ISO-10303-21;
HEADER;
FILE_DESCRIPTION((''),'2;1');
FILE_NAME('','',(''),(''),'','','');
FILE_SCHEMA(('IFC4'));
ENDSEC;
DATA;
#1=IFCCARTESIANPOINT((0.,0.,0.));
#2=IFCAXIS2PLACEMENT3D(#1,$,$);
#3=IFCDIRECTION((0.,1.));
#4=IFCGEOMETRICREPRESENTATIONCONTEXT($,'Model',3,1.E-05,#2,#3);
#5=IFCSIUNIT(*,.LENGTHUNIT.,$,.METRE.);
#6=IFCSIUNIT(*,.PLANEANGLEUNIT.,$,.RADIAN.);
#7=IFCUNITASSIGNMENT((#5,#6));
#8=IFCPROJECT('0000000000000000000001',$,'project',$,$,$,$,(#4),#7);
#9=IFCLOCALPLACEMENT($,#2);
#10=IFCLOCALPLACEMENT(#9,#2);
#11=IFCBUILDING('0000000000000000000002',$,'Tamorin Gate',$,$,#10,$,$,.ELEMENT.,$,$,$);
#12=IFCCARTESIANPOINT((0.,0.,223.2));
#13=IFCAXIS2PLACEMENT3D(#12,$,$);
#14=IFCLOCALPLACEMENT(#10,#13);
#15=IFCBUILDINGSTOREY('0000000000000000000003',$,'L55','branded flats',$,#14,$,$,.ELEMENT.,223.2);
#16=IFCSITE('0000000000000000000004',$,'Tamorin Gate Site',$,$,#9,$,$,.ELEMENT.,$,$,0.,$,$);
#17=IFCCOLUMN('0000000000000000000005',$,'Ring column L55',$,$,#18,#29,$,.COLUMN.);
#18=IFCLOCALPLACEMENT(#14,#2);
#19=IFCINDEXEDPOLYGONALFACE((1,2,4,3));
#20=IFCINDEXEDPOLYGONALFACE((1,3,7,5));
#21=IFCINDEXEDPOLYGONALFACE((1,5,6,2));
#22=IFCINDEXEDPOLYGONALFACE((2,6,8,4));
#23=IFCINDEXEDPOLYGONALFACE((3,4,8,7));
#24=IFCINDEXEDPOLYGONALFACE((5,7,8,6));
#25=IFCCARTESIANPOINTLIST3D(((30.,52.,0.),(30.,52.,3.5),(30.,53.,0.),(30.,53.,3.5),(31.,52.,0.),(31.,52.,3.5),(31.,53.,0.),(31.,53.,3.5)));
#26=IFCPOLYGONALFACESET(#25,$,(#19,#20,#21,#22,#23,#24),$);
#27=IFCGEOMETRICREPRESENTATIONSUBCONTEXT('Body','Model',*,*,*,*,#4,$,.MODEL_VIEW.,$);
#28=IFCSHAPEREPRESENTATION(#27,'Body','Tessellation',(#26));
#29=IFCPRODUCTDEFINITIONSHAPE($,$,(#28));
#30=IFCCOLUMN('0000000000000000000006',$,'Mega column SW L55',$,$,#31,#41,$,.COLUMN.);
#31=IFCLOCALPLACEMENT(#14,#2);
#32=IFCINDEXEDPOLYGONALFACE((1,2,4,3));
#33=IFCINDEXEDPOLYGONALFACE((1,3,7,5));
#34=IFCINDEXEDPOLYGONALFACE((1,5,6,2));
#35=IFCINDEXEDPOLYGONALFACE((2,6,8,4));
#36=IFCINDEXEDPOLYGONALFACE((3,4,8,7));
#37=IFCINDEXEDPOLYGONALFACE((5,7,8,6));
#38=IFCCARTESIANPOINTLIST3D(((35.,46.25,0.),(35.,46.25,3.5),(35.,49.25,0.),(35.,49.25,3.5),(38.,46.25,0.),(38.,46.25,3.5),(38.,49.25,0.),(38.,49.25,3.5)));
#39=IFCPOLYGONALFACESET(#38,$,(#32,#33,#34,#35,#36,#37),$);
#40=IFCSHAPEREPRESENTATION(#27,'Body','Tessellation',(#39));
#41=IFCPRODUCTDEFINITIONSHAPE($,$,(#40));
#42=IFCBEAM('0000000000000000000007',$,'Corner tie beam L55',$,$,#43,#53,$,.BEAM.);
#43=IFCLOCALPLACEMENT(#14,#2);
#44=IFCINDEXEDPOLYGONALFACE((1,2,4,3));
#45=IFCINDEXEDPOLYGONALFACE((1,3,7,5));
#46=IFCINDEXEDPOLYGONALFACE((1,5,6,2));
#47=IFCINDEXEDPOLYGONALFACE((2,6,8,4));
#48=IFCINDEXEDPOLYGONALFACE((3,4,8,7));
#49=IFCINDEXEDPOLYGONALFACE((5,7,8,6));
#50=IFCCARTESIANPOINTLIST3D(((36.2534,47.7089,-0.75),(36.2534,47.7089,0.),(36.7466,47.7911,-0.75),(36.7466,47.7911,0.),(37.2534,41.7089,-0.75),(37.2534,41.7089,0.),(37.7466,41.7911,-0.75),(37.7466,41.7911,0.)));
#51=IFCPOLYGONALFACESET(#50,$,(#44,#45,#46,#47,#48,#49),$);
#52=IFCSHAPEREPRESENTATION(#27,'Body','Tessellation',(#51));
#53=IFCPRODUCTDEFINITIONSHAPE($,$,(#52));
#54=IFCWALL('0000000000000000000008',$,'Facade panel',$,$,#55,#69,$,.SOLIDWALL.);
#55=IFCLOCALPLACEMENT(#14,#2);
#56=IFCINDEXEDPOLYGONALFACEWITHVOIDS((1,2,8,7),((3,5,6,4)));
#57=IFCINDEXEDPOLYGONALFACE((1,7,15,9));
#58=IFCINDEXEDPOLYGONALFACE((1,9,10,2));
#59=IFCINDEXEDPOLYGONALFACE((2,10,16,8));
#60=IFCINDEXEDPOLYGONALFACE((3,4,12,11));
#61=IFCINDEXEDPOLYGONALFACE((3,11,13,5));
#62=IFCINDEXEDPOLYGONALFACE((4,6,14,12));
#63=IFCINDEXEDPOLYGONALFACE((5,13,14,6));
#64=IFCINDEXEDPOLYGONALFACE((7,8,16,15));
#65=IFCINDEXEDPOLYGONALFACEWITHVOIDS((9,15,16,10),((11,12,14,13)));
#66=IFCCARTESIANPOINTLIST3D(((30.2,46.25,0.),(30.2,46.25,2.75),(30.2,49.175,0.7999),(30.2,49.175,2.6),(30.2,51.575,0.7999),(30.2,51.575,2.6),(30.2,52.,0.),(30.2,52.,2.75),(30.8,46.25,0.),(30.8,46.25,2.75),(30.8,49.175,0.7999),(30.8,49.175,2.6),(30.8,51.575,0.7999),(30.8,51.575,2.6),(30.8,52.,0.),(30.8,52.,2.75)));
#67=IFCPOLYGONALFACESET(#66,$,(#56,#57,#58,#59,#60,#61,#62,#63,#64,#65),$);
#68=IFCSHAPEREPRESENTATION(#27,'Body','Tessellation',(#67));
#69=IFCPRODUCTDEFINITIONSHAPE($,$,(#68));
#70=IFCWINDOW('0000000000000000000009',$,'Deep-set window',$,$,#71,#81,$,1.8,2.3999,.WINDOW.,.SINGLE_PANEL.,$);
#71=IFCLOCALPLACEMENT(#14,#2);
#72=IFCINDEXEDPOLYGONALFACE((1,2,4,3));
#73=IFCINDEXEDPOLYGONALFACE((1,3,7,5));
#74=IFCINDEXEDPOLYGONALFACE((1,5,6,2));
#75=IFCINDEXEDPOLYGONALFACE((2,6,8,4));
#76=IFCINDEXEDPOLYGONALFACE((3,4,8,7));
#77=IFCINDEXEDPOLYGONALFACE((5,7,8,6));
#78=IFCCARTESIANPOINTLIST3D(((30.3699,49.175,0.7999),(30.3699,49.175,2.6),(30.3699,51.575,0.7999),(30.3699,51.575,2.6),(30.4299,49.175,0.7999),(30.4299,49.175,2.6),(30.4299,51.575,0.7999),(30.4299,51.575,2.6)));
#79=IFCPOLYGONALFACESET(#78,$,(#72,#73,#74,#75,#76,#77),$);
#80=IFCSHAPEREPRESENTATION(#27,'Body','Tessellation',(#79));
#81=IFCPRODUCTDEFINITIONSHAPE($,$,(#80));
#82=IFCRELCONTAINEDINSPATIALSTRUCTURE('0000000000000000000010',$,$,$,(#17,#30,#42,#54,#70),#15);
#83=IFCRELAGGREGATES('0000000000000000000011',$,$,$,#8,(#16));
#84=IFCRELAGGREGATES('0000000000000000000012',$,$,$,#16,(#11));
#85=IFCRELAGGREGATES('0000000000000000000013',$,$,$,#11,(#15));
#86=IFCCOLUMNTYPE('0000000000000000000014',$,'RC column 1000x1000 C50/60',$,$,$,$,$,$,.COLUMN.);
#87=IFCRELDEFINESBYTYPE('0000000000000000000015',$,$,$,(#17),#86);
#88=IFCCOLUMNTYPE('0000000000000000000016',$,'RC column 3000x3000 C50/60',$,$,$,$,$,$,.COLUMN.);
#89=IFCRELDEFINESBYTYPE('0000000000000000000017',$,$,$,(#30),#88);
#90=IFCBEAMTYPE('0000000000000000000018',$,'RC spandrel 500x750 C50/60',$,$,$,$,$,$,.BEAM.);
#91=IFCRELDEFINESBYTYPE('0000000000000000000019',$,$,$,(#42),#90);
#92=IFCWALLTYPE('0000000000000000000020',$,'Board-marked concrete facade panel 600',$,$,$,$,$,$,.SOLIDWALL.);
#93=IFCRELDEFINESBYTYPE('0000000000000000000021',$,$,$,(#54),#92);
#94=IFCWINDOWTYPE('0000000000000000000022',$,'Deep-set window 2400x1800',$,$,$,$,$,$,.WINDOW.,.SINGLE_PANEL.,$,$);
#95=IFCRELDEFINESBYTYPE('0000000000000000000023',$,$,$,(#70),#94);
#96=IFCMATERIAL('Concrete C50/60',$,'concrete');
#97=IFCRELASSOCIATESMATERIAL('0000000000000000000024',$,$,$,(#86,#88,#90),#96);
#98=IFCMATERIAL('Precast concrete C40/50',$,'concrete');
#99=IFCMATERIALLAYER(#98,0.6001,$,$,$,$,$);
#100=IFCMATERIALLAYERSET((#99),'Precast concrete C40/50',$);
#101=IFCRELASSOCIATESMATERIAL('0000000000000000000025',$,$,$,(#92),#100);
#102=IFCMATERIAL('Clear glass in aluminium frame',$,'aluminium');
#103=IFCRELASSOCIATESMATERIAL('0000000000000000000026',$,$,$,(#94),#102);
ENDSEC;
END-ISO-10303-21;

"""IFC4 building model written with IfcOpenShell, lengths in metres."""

from ifc_helpers import new_model, si_unit, direction, frame, frame_2d, origin, origin_2d, place, context, subcontext, project, spatial, rectangle, extrude, material, layer, layer_set, material_profile, profile_set, type_object, element, fill, save


model = new_model("IFC4")

# Units and contexts
model_context = context("Model", 3, precision=1e-05, world=origin(), true_north=direction((0.0, 1.0)))
body_context = subcontext(model_context, "Body", "Model", "MODEL_VIEW")
ifc_project = project(units=[si_unit("LENGTHUNIT", "METRE"), si_unit("PLANEANGLEUNIT", "RADIAN")], contexts=[model_context])

# Site, building, storey
site_placement = place(None, origin())
site = spatial("IfcSite", under=ifc_project, at=site_placement, Name="Tamorin Gate Site", CompositionType="ELEMENT", RefElevation=0.0)
building_placement = place(site_placement, origin())
building = spatial("IfcBuilding", under=site, at=building_placement, Name="Tamorin Gate", CompositionType="ELEMENT")
storey_placement = place(building_placement, frame((0.0, 0.0, 223.2)))
storey = spatial("IfcBuildingStorey", under=building, at=storey_placement, Name="L55", Description="branded flats", CompositionType="ELEMENT", Elevation=223.2)

# Columns
ifc_material_1 = material(Name="Concrete C50/60", Category="concrete")
ifc_material_profile_1 = material_profile(ifc_material_1, rectangle(XDim=1.0, YDim=1.0, at=origin_2d()), Name="RC 1000x1000")
ifc_profile_set_1 = profile_set([ifc_material_profile_1], Name="Concrete C50/60")
column_type_1 = type_object("IfcColumnType", Name="RC column 1000x1000 C50/60", PredefinedType="COLUMN", material=ifc_profile_set_1)
column_1_placement = place(storey_placement, frame((30.5, 52.5, 0.0), z_axis=(0.0, 0.0, 1.0), x_axis=(1.0, 0.0, 0.0)))
element("IfcColumn", 1, at=column_1_placement, inside=storey, type_object=column_type_1, Name="Ring column L55", PredefinedType="COLUMN", context=body_context, shape_type="SweptSolid", body=[
    extrude(rectangle(XDim=1.0, YDim=1.0, at=origin_2d()), origin(), (0.0, 0.0, 1.0), 3.5),
])
ifc_material_profile_2 = material_profile(ifc_material_1, rectangle(XDim=3.0, YDim=3.0, at=origin_2d()), Name="RC 3000x3000")
ifc_profile_set_2 = profile_set([ifc_material_profile_2], Name="Concrete C50/60")
column_type_2 = type_object("IfcColumnType", Name="RC column 3000x3000 C50/60", PredefinedType="COLUMN", material=ifc_profile_set_2)
column_2_placement = place(storey_placement, frame((36.5, 47.75, 0.0), z_axis=(0.0, 0.0, 1.0), x_axis=(1.0, 0.0, 0.0)))
element("IfcColumn", 2, at=column_2_placement, inside=storey, type_object=column_type_2, Name="Mega column SW L55", PredefinedType="COLUMN", context=body_context, shape_type="SweptSolid", body=[
    extrude(rectangle(XDim=3.0, YDim=3.0, at=origin_2d()), origin(), (0.0, 0.0, 1.0), 3.5),
])

# Beam
ifc_material_profile_3 = material_profile(ifc_material_1, rectangle(XDim=0.5, YDim=0.75, at=origin_2d()), Name="RC 500x750")
ifc_profile_set_3 = profile_set([ifc_material_profile_3], Name="Concrete C50/60")
beam_type = type_object("IfcBeamType", Name="RC spandrel 500x750 C50/60", PredefinedType="BEAM", material=ifc_profile_set_3)
beam_placement = place(storey_placement, frame((36.5, 47.75, -0.375), z_axis=(0.164399, -0.986394, 0.0), x_axis=(0.986394, 0.164399, 0.0)))
element("IfcBeam", 3, at=beam_placement, inside=storey, type_object=beam_type, Name="Corner tie beam L55", PredefinedType="BEAM", context=body_context, shape_type="SweptSolid", body=[
    extrude(rectangle(XDim=0.5, YDim=0.75, at=origin_2d()), origin(), (0.0, 0.0, 1.0), 6.0828),
])

# Wall, opening, window
ifc_material_2 = material(Name="Precast concrete C40/50", Category="concrete")
ifc_layer_1 = layer(ifc_material_2, 0.6001)
ifc_layer_set_1 = layer_set([ifc_layer_1], Name="Precast concrete C40/50")
wall_type_1 = type_object("IfcWallType", Name="Board-marked concrete facade panel 600", PredefinedType="SOLIDWALL", material=ifc_layer_set_1)
wall_1_placement = place(storey_placement, frame((30.5, 52.0, 0.0), z_axis=(0.0, 0.0, 1.0), x_axis=(0.0, -1.0, 0.0)))
wall_1 = element("IfcWall", 4, at=wall_1_placement, inside=storey, type_object=wall_type_1, Name="Facade panel", PredefinedType="SOLIDWALL", context=body_context, shape_type="SweptSolid", body=[
    extrude(rectangle(XDim=5.75, YDim=0.6001, at=frame_2d((2.875, 0.0))), origin(), (0.0, 0.0, 1.0), 2.75),
])
opening_1_placement = place(wall_1_placement, frame((0.425, 0.0, 0.8)))
opening_1 = element("IfcOpeningElement", 5, at=opening_1_placement, cuts=wall_1, PredefinedType="OPENING", context=body_context, shape_type="SweptSolid", body=[
    extrude(rectangle(XDim=2.3999, YDim=1.8, at=frame_2d((1.2, 0.8999))), frame((0.0, 0.3101, 0.0), z_axis=(0.0, -1.0, 0.0), x_axis=(1.0, 0.0, 0.0)), (0.0, 0.0, 1.0), 0.6201),
])
ifc_material_3 = material(Name="Clear glass in aluminium frame", Category="aluminium")
window_type = type_object("IfcWindowType", Name="Deep-set window 2400x1800", PartitioningType="SINGLE_PANEL", PredefinedType="WINDOW", material=ifc_material_3)
window_placement = place(opening_1_placement, origin())
window = element("IfcWindow", 6, at=window_placement, inside=storey, type_object=window_type, Name="Deep-set window", OverallHeight=1.8, OverallWidth=2.3999, PartitioningType="SINGLE_PANEL", PredefinedType="WINDOW", context=body_context, shape_type="SweptSolid", body=[
    extrude(rectangle(XDim=2.3999, YDim=1.8, at=frame_2d((1.2, 0.8999))), frame((0.0, -0.0701, 0.0), z_axis=(0.0, -1.0, 0.0), x_axis=(1.0, 0.0, 0.0)), (0.0, 0.0, 1.0), 0.0601),
])
fill(opening_1, window)

save(model, "model.ifc")
